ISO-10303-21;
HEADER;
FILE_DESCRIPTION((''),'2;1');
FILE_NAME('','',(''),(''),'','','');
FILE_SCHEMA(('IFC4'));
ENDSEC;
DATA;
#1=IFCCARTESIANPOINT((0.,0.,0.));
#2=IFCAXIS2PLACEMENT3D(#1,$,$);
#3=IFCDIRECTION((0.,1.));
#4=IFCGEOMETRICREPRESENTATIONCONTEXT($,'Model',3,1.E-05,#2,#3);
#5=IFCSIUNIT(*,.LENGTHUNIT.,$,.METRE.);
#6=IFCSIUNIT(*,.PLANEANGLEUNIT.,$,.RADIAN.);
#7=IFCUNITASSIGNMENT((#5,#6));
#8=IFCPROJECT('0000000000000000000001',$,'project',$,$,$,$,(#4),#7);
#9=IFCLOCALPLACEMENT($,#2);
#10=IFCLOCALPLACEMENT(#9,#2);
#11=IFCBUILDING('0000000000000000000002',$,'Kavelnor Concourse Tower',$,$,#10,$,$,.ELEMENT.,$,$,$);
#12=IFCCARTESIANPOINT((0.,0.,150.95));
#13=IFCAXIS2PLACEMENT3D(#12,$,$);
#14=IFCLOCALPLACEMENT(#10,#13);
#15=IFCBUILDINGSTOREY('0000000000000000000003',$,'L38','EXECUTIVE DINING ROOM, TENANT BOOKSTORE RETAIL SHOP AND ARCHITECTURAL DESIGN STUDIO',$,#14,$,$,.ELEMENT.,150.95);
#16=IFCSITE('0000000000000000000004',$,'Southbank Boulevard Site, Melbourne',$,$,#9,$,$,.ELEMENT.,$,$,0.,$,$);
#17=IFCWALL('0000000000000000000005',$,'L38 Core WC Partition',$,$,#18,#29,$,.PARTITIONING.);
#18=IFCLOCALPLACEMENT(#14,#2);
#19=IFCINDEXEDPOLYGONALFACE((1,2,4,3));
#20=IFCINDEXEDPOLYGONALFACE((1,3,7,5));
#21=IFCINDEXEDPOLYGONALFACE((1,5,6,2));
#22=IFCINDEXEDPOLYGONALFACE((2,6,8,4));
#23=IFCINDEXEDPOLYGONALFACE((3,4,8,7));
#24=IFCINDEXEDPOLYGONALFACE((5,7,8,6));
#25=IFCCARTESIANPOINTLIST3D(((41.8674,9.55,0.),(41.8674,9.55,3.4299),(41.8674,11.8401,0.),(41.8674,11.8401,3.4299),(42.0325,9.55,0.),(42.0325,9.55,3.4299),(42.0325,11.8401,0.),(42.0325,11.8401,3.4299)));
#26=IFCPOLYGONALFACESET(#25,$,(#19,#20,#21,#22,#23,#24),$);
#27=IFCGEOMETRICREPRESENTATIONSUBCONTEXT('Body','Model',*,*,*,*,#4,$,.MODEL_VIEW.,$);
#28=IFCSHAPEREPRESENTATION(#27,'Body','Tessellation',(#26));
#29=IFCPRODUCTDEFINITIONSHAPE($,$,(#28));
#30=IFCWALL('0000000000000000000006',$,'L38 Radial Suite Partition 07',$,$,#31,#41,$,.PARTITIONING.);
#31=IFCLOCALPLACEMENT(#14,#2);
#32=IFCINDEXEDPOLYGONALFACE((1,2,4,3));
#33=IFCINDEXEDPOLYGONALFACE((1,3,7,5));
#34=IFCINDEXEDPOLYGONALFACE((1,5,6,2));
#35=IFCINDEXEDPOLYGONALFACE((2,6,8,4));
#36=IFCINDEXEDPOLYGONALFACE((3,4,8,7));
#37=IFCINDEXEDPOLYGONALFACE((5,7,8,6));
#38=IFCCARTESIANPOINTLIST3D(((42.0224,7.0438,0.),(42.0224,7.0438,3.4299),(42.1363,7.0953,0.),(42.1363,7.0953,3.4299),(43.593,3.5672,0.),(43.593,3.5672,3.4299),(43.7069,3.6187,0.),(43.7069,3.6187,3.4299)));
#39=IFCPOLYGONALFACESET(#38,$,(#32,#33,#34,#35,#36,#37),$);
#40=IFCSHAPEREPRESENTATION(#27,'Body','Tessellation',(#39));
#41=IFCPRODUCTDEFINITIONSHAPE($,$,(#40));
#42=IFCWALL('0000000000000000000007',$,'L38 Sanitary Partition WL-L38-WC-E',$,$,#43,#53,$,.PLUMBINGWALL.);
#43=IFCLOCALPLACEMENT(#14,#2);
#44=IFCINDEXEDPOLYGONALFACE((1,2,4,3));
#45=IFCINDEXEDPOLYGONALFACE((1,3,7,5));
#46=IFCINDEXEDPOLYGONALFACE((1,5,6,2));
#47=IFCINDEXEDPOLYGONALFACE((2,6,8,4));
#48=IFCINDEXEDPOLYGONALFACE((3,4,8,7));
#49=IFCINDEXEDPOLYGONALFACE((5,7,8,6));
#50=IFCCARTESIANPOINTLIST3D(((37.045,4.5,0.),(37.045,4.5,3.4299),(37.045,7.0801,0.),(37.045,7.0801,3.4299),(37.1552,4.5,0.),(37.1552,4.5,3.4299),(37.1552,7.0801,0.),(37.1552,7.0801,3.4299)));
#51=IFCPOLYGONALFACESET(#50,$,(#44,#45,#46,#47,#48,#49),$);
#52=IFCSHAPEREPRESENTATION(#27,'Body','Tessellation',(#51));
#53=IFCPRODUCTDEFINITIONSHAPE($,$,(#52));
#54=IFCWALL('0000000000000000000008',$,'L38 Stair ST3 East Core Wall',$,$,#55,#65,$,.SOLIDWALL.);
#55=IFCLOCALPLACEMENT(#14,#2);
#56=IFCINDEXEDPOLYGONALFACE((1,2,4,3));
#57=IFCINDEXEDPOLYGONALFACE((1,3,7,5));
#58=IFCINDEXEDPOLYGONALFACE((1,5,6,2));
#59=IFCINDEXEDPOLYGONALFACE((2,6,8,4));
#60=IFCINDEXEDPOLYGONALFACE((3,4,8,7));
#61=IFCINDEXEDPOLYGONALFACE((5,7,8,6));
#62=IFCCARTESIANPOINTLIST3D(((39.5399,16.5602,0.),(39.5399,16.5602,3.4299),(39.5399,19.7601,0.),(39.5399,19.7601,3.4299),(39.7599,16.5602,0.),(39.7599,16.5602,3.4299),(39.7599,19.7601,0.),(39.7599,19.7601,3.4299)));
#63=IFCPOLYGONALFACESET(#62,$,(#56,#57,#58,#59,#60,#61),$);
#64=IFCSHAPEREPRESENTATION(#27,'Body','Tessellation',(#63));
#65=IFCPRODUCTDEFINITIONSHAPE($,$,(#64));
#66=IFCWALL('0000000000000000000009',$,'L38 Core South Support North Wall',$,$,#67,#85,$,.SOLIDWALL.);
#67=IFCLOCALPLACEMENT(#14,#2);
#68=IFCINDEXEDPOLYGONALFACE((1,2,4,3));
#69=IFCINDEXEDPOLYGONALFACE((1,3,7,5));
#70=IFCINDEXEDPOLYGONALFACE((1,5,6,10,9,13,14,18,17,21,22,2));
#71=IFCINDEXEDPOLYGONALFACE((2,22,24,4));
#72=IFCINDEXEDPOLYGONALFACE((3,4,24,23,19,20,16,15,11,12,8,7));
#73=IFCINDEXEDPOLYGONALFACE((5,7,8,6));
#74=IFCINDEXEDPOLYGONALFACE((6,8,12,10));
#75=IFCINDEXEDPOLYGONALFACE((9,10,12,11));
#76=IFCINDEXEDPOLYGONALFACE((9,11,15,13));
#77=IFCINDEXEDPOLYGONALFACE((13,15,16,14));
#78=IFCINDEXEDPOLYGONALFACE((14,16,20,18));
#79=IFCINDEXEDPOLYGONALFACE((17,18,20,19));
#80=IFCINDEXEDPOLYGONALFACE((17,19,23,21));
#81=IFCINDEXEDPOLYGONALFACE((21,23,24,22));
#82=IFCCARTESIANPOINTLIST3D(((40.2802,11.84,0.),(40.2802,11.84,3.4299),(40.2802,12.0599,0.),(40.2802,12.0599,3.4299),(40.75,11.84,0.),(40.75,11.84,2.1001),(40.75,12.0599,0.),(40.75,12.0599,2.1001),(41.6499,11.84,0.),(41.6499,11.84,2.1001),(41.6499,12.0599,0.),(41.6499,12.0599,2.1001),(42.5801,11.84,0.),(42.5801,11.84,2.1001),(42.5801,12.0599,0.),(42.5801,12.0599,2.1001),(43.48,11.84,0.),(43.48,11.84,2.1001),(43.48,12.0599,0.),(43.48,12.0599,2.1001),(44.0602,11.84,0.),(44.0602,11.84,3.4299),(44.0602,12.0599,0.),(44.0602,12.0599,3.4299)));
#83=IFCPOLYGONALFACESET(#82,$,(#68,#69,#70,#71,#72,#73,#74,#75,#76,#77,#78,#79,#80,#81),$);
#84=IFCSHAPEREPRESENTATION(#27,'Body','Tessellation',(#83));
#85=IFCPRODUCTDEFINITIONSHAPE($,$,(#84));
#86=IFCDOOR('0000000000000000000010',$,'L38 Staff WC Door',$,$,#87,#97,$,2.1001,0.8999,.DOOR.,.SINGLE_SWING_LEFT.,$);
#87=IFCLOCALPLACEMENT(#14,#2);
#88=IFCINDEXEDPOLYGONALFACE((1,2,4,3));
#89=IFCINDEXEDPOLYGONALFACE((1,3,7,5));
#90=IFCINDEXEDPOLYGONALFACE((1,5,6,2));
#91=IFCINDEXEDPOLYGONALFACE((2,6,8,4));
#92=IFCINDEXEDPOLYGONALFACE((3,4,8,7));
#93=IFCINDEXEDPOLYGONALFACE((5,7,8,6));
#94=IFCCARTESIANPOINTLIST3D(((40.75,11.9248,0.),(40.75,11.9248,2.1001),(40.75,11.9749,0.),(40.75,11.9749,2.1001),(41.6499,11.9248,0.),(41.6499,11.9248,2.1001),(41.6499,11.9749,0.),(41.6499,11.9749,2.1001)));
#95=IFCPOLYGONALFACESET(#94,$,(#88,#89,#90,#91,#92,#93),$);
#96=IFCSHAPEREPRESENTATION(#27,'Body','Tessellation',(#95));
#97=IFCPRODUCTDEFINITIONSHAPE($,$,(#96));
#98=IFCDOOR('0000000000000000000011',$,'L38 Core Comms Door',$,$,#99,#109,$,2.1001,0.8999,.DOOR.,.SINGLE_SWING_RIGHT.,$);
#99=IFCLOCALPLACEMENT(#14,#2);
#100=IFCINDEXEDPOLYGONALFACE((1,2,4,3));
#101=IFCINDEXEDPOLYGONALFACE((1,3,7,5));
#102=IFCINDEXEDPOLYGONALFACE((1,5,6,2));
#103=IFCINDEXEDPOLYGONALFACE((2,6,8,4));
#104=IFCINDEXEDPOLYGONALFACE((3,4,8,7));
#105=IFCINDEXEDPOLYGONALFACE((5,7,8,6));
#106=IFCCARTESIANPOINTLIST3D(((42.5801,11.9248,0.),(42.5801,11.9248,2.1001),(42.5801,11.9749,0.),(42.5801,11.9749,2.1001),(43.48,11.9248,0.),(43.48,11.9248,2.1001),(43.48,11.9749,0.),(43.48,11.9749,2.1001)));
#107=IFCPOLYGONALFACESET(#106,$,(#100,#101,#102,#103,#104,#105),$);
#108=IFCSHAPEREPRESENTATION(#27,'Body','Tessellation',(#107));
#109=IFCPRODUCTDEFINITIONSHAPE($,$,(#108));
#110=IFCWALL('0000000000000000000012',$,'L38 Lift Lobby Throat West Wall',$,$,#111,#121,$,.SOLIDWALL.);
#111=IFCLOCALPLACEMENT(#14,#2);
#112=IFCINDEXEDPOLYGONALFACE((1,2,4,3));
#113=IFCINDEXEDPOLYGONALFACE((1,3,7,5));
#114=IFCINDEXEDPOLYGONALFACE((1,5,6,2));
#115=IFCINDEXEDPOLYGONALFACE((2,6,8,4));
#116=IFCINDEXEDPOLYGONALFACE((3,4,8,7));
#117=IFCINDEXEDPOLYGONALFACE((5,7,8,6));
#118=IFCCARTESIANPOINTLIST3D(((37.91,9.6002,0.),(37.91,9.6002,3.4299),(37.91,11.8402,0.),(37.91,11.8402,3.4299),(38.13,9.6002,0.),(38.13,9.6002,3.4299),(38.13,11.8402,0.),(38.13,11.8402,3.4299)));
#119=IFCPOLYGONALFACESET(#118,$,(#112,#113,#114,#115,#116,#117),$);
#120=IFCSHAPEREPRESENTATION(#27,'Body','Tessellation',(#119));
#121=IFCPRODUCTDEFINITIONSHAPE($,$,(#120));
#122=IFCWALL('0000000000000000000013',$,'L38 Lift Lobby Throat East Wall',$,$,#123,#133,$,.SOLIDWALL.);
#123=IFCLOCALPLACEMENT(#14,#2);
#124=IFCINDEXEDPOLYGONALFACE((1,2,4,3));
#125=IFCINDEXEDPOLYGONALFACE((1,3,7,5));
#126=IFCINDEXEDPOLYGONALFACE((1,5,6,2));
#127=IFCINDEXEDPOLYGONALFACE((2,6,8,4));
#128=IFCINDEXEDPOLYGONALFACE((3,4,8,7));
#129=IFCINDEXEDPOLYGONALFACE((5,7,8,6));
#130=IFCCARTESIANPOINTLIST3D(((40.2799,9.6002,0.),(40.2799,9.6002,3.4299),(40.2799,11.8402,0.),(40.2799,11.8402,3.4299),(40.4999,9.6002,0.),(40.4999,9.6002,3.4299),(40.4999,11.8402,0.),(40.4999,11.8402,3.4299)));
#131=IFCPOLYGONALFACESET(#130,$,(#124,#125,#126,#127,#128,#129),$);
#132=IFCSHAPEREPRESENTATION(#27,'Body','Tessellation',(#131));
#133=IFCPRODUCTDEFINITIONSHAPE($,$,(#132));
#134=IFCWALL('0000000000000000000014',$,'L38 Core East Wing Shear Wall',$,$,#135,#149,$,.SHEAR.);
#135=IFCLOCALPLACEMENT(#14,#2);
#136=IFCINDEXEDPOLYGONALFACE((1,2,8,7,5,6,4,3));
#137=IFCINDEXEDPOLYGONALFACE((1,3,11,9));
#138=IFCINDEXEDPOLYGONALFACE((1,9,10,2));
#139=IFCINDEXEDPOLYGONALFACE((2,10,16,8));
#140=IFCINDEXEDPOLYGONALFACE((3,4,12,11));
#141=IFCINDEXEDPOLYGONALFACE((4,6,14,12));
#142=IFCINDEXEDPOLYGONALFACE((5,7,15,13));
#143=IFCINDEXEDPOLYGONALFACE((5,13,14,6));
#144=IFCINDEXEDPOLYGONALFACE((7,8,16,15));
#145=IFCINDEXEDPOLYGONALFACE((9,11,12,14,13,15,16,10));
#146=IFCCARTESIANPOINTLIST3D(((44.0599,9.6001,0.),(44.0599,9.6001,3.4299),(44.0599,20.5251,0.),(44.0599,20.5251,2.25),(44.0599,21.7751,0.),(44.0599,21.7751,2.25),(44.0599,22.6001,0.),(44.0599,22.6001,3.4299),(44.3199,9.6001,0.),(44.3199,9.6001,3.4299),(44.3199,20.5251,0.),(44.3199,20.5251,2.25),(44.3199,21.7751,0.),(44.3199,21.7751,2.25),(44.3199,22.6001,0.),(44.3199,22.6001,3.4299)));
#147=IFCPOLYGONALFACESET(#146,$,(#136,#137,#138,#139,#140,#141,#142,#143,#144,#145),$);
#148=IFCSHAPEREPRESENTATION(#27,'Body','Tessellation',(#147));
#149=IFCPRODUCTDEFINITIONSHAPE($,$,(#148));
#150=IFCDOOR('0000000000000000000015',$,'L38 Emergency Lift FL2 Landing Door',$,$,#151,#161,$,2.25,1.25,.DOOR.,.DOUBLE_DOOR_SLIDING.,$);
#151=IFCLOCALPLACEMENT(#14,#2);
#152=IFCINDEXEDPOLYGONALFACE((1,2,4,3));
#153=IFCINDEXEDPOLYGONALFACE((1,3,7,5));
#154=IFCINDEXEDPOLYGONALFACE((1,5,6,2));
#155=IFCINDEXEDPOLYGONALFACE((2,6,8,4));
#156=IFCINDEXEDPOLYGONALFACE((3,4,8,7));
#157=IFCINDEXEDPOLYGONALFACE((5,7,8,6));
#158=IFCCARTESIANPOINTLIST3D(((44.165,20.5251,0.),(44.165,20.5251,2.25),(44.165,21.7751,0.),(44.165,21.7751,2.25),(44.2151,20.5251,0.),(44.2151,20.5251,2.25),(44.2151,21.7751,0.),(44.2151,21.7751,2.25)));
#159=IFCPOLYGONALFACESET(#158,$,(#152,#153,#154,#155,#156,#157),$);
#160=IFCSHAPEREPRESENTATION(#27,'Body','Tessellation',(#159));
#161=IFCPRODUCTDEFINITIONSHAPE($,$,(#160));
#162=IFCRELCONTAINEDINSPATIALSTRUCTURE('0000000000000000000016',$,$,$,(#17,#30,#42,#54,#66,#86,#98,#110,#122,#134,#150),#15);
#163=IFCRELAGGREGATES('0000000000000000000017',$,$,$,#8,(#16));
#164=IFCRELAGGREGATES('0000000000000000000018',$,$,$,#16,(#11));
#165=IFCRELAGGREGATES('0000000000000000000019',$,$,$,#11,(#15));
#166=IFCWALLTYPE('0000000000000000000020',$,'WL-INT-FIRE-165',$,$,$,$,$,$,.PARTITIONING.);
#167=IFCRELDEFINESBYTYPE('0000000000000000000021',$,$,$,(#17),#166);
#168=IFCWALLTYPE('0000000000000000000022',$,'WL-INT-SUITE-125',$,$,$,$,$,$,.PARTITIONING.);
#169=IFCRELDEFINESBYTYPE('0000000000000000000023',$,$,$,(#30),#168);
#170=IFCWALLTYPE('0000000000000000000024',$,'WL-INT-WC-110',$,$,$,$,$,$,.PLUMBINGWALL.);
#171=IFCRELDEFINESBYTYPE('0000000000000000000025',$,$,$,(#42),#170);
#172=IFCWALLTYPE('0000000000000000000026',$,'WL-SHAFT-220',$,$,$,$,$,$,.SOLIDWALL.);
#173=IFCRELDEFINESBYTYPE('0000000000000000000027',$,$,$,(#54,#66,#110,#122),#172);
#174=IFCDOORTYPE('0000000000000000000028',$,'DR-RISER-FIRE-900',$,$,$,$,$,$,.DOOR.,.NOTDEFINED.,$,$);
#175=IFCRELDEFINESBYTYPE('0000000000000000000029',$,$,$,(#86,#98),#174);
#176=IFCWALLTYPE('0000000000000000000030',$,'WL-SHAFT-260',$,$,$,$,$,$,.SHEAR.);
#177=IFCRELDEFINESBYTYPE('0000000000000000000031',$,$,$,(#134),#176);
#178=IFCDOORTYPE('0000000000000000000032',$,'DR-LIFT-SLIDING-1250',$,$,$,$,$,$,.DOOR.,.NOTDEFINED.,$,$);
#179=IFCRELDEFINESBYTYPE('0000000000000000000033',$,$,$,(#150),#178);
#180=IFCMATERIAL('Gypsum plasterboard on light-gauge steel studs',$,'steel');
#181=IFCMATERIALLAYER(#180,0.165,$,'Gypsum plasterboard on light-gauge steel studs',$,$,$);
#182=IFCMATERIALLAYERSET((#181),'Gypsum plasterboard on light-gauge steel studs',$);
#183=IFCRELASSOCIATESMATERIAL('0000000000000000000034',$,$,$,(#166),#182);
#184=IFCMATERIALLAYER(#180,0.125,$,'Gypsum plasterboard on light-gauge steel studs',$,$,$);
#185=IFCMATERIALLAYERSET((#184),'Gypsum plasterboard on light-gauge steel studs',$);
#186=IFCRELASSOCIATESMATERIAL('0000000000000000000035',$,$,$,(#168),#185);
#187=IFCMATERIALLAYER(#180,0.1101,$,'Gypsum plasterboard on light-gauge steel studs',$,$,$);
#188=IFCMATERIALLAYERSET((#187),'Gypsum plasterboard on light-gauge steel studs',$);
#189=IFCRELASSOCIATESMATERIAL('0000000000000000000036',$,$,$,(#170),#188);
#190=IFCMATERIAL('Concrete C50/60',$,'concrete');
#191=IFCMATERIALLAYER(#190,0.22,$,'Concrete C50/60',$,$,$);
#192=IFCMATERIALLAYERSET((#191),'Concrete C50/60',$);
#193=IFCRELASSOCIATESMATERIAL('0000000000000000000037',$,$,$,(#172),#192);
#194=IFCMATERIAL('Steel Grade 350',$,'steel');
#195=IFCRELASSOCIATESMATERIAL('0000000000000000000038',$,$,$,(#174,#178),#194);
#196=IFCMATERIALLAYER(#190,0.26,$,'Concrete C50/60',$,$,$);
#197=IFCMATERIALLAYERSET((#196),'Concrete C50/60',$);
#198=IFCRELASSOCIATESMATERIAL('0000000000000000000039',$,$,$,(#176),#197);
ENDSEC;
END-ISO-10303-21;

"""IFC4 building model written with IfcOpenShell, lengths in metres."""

from ifc_helpers import new_model, si_unit, direction, frame, frame_2d, origin, place, context, subcontext, project, spatial, rectangle, extrude, material, layer, layer_set, type_object, element, fill, save


model = new_model("IFC4")

# Units and contexts
model_context = context("Model", 3, precision=1e-05, world=origin(), true_north=direction((0.0, 1.0)))
body_context = subcontext(model_context, "Body", "Model", "MODEL_VIEW")
ifc_project = project(units=[si_unit("LENGTHUNIT", "METRE"), si_unit("PLANEANGLEUNIT", "RADIAN")], contexts=[model_context])

# Site, building, storey
site_placement = place(None, origin())
site = spatial("IfcSite", under=ifc_project, at=site_placement, Name="Southbank Boulevard Site, Melbourne", CompositionType="ELEMENT", RefElevation=0.0)
building_placement = place(site_placement, origin())
building = spatial("IfcBuilding", under=site, at=building_placement, Name="Kavelnor Concourse Tower", CompositionType="ELEMENT")
storey_placement = place(building_placement, frame((0.0, 0.0, 150.95)))
storey = spatial("IfcBuildingStorey", under=building, at=storey_placement, Name="L38", Description="EXECUTIVE DINING ROOM, TENANT BOOKSTORE RETAIL SHOP AND ARCHITECTURAL DESIGN STUDIO", CompositionType="ELEMENT", Elevation=150.95)

# Shared definitions
ifc_material_1 = material(Name="Steel Grade 350", Category="steel")

# Walls
ifc_material_2 = material(Name="Gypsum plasterboard on light-gauge steel studs", Category="steel")
ifc_layer_1 = layer(ifc_material_2, 0.165, Name="Gypsum plasterboard on light-gauge steel studs")
ifc_layer_set_1 = layer_set([ifc_layer_1], Name="Gypsum plasterboard on light-gauge steel studs")
wall_type_1 = type_object("IfcWallType", Name="WL-INT-FIRE-165", PredefinedType="PARTITIONING", material=ifc_layer_set_1)
wall_1_placement = place(storey_placement, frame((41.95, 9.55, 0.0), z_axis=(0.0, 0.0, 1.0), x_axis=(0.0, 1.0, 0.0)))
element("IfcWall", 1, at=wall_1_placement, inside=storey, type_object=wall_type_1, Name="L38 Core WC Partition", PredefinedType="PARTITIONING", context=body_context, shape_type="SweptSolid", body=[
    extrude(rectangle(XDim=2.29, YDim=0.165, at=frame_2d((1.145, 0.0))), origin(), (0.0, 0.0, 1.0), 3.4299),
])
ifc_layer_2 = layer(ifc_material_2, 0.125, Name="Gypsum plasterboard on light-gauge steel studs")
ifc_layer_set_2 = layer_set([ifc_layer_2], Name="Gypsum plasterboard on light-gauge steel studs")
wall_type_2 = type_object("IfcWallType", Name="WL-INT-SUITE-125", PredefinedType="PARTITIONING", material=ifc_layer_set_2)
wall_2_placement = place(storey_placement, frame((42.0793, 7.0696, 0.0), z_axis=(0.0, 0.0, 1.0), x_axis=(0.411695, -0.911322, 0.0)))
element("IfcWall", 2, at=wall_2_placement, inside=storey, type_object=wall_type_2, Name="L38 Radial Suite Partition 07", PredefinedType="PARTITIONING", context=body_context, shape_type="SweptSolid", body=[
    extrude(rectangle(XDim=3.8149, YDim=0.125, at=frame_2d((1.9075, 0.0))), origin(), (0.0, 0.0, 1.0), 3.4299),
])
ifc_layer_3 = layer(ifc_material_2, 0.1101, Name="Gypsum plasterboard on light-gauge steel studs")
ifc_layer_set_3 = layer_set([ifc_layer_3], Name="Gypsum plasterboard on light-gauge steel studs")
wall_type_3 = type_object("IfcWallType", Name="WL-INT-WC-110", PredefinedType="PLUMBINGWALL", material=ifc_layer_set_3)
wall_3_placement = place(storey_placement, frame((37.1001, 4.5, 0.0), z_axis=(0.0, 0.0, 1.0), x_axis=(0.0, 1.0, 0.0)))
element("IfcWall", 3, at=wall_3_placement, inside=storey, type_object=wall_type_3, Name="L38 Sanitary Partition WL-L38-WC-E", PredefinedType="PLUMBINGWALL", context=body_context, shape_type="SweptSolid", body=[
    extrude(rectangle(XDim=2.5801, YDim=0.1101, at=frame_2d((1.29, 0.0))), origin(), (0.0, 0.0, 1.0), 3.4299),
])
ifc_material_3 = material(Name="Concrete C50/60", Category="concrete")
ifc_layer_4 = layer(ifc_material_3, 0.22, Name="Concrete C50/60")
ifc_layer_set_4 = layer_set([ifc_layer_4], Name="Concrete C50/60")
wall_type_4 = type_object("IfcWallType", Name="WL-SHAFT-220", PredefinedType="SOLIDWALL", material=ifc_layer_set_4)
wall_4_placement = place(storey_placement, frame((39.6499, 16.5601, 0.0), z_axis=(0.0, 0.0, 1.0), x_axis=(0.0, 1.0, 0.0)))
element("IfcWall", 4, at=wall_4_placement, inside=storey, type_object=wall_type_4, Name="L38 Stair ST3 East Core Wall", PredefinedType="SOLIDWALL", context=body_context, shape_type="SweptSolid", body=[
    extrude(rectangle(XDim=3.2, YDim=0.22, at=frame_2d((1.6001, 0.0))), origin(), (0.0, 0.0, 1.0), 3.4299),
])

# Wall, openings, doors
wall_5_placement = place(storey_placement, frame((40.28, 11.95, 0.0), z_axis=(0.0, 0.0, 1.0), x_axis=(1.0, 0.0, 0.0)))
wall_5 = element("IfcWall", 5, at=wall_5_placement, inside=storey, type_object=wall_type_4, Name="L38 Core South Support North Wall", PredefinedType="SOLIDWALL", context=body_context, shape_type="SweptSolid", body=[
    extrude(rectangle(XDim=3.78, YDim=0.22, at=frame_2d((1.8901, 0.0))), origin(), (0.0, 0.0, 1.0), 3.4299),
])
opening_1_placement = place(wall_5_placement, frame((0.47, 0.0, 0.0)))
opening_1 = element("IfcOpeningElement", 6, at=opening_1_placement, cuts=wall_5, PredefinedType="OPENING", context=body_context, shape_type="SweptSolid", body=[
    extrude(rectangle(XDim=0.8999, YDim=2.1001, at=frame_2d((0.45, 1.05))), frame((0.0, 0.1201, 0.0), z_axis=(0.0, -1.0, 0.0), x_axis=(1.0, 0.0, 0.0)), (0.0, 0.0, 1.0), 0.24),
])
opening_2_placement = place(wall_5_placement, frame((2.3, 0.0, 0.0)))
opening_2 = element("IfcOpeningElement", 7, at=opening_2_placement, cuts=wall_5, PredefinedType="OPENING", context=body_context, shape_type="SweptSolid", body=[
    extrude(rectangle(XDim=0.8999, YDim=2.1001, at=frame_2d((0.45, 1.05))), frame((0.0, 0.1201, 0.0), z_axis=(0.0, -1.0, 0.0), x_axis=(1.0, 0.0, 0.0)), (0.0, 0.0, 1.0), 0.24),
])
door_type_1 = type_object("IfcDoorType", Name="DR-RISER-FIRE-900", OperationType="NOTDEFINED", PredefinedType="DOOR", material=ifc_material_1)
door_1_placement = place(opening_1_placement, origin())
door_1 = element("IfcDoor", 8, at=door_1_placement, inside=storey, type_object=door_type_1, Name="L38 Staff WC Door", OperationType="SINGLE_SWING_LEFT", OverallHeight=2.1001, OverallWidth=0.8999, PredefinedType="DOOR", context=body_context, shape_type="SweptSolid", body=[
    extrude(rectangle(XDim=0.8999, YDim=2.1001, at=frame_2d((0.45, 1.05))), frame((0.0, 0.0249, 0.0), z_axis=(0.0, -1.0, 0.0), x_axis=(1.0, 0.0, 0.0)), (0.0, 0.0, 1.0), 0.05),
])
fill(opening_1, door_1)
door_2_placement = place(opening_2_placement, origin())
door_2 = element("IfcDoor", 9, at=door_2_placement, inside=storey, type_object=door_type_1, Name="L38 Core Comms Door", OperationType="SINGLE_SWING_RIGHT", OverallHeight=2.1001, OverallWidth=0.8999, PredefinedType="DOOR", context=body_context, shape_type="SweptSolid", body=[
    extrude(rectangle(XDim=0.8999, YDim=2.1001, at=frame_2d((0.45, 1.05))), frame((0.0, 0.0249, 0.0), z_axis=(0.0, -1.0, 0.0), x_axis=(1.0, 0.0, 0.0)), (0.0, 0.0, 1.0), 0.05),
])
fill(opening_2, door_2)

# Walls
for number, where, z_axis, x_axis, name in (
    (10, (38.02, 9.6001, 0.0), (0.0, 0.0, 1.0), (0.0, 1.0, 0.0), "L38 Lift Lobby Throat West Wall"),
    (11, (40.3899, 9.6001, 0.0), (0.0, 0.0, 1.0), (0.0, 1.0, 0.0), "L38 Lift Lobby Throat East Wall"),
):
    element("IfcWall", number, at=place(storey_placement, frame(where, z_axis=z_axis, x_axis=x_axis)), inside=storey, type_object=wall_type_4, Name=name, PredefinedType="SOLIDWALL", context=body_context, shape_type="SweptSolid", body=[
        extrude(rectangle(XDim=2.24, YDim=0.22, at=frame_2d((1.1201, 0.0))), origin(), (0.0, 0.0, 1.0), 3.4299),
    ])

# Wall, opening, door
ifc_layer_5 = layer(ifc_material_3, 0.26, Name="Concrete C50/60")
ifc_layer_set_5 = layer_set([ifc_layer_5], Name="Concrete C50/60")
wall_type_5 = type_object("IfcWallType", Name="WL-SHAFT-260", PredefinedType="SHEAR", material=ifc_layer_set_5)
wall_6_placement = place(storey_placement, frame((44.1899, 9.6001, 0.0), z_axis=(0.0, 0.0, 1.0), x_axis=(0.0, 1.0, 0.0)))
wall_6 = element("IfcWall", 12, at=wall_6_placement, inside=storey, type_object=wall_type_5, Name="L38 Core East Wing Shear Wall", PredefinedType="SHEAR", context=body_context, shape_type="SweptSolid", body=[
    extrude(rectangle(XDim=13.0, YDim=0.26, at=frame_2d((6.5, 0.0))), origin(), (0.0, 0.0, 1.0), 3.4299),
])
opening_3_placement = place(wall_6_placement, frame((10.925, 0.0, 0.0)))
opening_3 = element("IfcOpeningElement", 13, at=opening_3_placement, cuts=wall_6, PredefinedType="OPENING", context=body_context, shape_type="SweptSolid", body=[
    extrude(rectangle(XDim=1.25, YDim=2.25, at=frame_2d((0.625, 1.125))), frame((0.0, 0.1401, 0.0), z_axis=(0.0, -1.0, 0.0), x_axis=(1.0, 0.0, 0.0)), (0.0, 0.0, 1.0), 0.28),
])
door_type_2 = type_object("IfcDoorType", Name="DR-LIFT-SLIDING-1250", OperationType="NOTDEFINED", PredefinedType="DOOR", material=ifc_material_1)
door_3_placement = place(opening_3_placement, origin())
door_3 = element("IfcDoor", 14, at=door_3_placement, inside=storey, type_object=door_type_2, Name="L38 Emergency Lift FL2 Landing Door", OperationType="DOUBLE_DOOR_SLIDING", OverallHeight=2.25, OverallWidth=1.25, PredefinedType="DOOR", context=body_context, shape_type="SweptSolid", body=[
    extrude(rectangle(XDim=1.25, YDim=2.25, at=frame_2d((0.625, 1.125))), frame((0.0, 0.0249, 0.0), z_axis=(0.0, -1.0, 0.0), x_axis=(1.0, 0.0, 0.0)), (0.0, 0.0, 1.0), 0.05),
])
fill(opening_3, door_3)

save(model, "model.ifc")
